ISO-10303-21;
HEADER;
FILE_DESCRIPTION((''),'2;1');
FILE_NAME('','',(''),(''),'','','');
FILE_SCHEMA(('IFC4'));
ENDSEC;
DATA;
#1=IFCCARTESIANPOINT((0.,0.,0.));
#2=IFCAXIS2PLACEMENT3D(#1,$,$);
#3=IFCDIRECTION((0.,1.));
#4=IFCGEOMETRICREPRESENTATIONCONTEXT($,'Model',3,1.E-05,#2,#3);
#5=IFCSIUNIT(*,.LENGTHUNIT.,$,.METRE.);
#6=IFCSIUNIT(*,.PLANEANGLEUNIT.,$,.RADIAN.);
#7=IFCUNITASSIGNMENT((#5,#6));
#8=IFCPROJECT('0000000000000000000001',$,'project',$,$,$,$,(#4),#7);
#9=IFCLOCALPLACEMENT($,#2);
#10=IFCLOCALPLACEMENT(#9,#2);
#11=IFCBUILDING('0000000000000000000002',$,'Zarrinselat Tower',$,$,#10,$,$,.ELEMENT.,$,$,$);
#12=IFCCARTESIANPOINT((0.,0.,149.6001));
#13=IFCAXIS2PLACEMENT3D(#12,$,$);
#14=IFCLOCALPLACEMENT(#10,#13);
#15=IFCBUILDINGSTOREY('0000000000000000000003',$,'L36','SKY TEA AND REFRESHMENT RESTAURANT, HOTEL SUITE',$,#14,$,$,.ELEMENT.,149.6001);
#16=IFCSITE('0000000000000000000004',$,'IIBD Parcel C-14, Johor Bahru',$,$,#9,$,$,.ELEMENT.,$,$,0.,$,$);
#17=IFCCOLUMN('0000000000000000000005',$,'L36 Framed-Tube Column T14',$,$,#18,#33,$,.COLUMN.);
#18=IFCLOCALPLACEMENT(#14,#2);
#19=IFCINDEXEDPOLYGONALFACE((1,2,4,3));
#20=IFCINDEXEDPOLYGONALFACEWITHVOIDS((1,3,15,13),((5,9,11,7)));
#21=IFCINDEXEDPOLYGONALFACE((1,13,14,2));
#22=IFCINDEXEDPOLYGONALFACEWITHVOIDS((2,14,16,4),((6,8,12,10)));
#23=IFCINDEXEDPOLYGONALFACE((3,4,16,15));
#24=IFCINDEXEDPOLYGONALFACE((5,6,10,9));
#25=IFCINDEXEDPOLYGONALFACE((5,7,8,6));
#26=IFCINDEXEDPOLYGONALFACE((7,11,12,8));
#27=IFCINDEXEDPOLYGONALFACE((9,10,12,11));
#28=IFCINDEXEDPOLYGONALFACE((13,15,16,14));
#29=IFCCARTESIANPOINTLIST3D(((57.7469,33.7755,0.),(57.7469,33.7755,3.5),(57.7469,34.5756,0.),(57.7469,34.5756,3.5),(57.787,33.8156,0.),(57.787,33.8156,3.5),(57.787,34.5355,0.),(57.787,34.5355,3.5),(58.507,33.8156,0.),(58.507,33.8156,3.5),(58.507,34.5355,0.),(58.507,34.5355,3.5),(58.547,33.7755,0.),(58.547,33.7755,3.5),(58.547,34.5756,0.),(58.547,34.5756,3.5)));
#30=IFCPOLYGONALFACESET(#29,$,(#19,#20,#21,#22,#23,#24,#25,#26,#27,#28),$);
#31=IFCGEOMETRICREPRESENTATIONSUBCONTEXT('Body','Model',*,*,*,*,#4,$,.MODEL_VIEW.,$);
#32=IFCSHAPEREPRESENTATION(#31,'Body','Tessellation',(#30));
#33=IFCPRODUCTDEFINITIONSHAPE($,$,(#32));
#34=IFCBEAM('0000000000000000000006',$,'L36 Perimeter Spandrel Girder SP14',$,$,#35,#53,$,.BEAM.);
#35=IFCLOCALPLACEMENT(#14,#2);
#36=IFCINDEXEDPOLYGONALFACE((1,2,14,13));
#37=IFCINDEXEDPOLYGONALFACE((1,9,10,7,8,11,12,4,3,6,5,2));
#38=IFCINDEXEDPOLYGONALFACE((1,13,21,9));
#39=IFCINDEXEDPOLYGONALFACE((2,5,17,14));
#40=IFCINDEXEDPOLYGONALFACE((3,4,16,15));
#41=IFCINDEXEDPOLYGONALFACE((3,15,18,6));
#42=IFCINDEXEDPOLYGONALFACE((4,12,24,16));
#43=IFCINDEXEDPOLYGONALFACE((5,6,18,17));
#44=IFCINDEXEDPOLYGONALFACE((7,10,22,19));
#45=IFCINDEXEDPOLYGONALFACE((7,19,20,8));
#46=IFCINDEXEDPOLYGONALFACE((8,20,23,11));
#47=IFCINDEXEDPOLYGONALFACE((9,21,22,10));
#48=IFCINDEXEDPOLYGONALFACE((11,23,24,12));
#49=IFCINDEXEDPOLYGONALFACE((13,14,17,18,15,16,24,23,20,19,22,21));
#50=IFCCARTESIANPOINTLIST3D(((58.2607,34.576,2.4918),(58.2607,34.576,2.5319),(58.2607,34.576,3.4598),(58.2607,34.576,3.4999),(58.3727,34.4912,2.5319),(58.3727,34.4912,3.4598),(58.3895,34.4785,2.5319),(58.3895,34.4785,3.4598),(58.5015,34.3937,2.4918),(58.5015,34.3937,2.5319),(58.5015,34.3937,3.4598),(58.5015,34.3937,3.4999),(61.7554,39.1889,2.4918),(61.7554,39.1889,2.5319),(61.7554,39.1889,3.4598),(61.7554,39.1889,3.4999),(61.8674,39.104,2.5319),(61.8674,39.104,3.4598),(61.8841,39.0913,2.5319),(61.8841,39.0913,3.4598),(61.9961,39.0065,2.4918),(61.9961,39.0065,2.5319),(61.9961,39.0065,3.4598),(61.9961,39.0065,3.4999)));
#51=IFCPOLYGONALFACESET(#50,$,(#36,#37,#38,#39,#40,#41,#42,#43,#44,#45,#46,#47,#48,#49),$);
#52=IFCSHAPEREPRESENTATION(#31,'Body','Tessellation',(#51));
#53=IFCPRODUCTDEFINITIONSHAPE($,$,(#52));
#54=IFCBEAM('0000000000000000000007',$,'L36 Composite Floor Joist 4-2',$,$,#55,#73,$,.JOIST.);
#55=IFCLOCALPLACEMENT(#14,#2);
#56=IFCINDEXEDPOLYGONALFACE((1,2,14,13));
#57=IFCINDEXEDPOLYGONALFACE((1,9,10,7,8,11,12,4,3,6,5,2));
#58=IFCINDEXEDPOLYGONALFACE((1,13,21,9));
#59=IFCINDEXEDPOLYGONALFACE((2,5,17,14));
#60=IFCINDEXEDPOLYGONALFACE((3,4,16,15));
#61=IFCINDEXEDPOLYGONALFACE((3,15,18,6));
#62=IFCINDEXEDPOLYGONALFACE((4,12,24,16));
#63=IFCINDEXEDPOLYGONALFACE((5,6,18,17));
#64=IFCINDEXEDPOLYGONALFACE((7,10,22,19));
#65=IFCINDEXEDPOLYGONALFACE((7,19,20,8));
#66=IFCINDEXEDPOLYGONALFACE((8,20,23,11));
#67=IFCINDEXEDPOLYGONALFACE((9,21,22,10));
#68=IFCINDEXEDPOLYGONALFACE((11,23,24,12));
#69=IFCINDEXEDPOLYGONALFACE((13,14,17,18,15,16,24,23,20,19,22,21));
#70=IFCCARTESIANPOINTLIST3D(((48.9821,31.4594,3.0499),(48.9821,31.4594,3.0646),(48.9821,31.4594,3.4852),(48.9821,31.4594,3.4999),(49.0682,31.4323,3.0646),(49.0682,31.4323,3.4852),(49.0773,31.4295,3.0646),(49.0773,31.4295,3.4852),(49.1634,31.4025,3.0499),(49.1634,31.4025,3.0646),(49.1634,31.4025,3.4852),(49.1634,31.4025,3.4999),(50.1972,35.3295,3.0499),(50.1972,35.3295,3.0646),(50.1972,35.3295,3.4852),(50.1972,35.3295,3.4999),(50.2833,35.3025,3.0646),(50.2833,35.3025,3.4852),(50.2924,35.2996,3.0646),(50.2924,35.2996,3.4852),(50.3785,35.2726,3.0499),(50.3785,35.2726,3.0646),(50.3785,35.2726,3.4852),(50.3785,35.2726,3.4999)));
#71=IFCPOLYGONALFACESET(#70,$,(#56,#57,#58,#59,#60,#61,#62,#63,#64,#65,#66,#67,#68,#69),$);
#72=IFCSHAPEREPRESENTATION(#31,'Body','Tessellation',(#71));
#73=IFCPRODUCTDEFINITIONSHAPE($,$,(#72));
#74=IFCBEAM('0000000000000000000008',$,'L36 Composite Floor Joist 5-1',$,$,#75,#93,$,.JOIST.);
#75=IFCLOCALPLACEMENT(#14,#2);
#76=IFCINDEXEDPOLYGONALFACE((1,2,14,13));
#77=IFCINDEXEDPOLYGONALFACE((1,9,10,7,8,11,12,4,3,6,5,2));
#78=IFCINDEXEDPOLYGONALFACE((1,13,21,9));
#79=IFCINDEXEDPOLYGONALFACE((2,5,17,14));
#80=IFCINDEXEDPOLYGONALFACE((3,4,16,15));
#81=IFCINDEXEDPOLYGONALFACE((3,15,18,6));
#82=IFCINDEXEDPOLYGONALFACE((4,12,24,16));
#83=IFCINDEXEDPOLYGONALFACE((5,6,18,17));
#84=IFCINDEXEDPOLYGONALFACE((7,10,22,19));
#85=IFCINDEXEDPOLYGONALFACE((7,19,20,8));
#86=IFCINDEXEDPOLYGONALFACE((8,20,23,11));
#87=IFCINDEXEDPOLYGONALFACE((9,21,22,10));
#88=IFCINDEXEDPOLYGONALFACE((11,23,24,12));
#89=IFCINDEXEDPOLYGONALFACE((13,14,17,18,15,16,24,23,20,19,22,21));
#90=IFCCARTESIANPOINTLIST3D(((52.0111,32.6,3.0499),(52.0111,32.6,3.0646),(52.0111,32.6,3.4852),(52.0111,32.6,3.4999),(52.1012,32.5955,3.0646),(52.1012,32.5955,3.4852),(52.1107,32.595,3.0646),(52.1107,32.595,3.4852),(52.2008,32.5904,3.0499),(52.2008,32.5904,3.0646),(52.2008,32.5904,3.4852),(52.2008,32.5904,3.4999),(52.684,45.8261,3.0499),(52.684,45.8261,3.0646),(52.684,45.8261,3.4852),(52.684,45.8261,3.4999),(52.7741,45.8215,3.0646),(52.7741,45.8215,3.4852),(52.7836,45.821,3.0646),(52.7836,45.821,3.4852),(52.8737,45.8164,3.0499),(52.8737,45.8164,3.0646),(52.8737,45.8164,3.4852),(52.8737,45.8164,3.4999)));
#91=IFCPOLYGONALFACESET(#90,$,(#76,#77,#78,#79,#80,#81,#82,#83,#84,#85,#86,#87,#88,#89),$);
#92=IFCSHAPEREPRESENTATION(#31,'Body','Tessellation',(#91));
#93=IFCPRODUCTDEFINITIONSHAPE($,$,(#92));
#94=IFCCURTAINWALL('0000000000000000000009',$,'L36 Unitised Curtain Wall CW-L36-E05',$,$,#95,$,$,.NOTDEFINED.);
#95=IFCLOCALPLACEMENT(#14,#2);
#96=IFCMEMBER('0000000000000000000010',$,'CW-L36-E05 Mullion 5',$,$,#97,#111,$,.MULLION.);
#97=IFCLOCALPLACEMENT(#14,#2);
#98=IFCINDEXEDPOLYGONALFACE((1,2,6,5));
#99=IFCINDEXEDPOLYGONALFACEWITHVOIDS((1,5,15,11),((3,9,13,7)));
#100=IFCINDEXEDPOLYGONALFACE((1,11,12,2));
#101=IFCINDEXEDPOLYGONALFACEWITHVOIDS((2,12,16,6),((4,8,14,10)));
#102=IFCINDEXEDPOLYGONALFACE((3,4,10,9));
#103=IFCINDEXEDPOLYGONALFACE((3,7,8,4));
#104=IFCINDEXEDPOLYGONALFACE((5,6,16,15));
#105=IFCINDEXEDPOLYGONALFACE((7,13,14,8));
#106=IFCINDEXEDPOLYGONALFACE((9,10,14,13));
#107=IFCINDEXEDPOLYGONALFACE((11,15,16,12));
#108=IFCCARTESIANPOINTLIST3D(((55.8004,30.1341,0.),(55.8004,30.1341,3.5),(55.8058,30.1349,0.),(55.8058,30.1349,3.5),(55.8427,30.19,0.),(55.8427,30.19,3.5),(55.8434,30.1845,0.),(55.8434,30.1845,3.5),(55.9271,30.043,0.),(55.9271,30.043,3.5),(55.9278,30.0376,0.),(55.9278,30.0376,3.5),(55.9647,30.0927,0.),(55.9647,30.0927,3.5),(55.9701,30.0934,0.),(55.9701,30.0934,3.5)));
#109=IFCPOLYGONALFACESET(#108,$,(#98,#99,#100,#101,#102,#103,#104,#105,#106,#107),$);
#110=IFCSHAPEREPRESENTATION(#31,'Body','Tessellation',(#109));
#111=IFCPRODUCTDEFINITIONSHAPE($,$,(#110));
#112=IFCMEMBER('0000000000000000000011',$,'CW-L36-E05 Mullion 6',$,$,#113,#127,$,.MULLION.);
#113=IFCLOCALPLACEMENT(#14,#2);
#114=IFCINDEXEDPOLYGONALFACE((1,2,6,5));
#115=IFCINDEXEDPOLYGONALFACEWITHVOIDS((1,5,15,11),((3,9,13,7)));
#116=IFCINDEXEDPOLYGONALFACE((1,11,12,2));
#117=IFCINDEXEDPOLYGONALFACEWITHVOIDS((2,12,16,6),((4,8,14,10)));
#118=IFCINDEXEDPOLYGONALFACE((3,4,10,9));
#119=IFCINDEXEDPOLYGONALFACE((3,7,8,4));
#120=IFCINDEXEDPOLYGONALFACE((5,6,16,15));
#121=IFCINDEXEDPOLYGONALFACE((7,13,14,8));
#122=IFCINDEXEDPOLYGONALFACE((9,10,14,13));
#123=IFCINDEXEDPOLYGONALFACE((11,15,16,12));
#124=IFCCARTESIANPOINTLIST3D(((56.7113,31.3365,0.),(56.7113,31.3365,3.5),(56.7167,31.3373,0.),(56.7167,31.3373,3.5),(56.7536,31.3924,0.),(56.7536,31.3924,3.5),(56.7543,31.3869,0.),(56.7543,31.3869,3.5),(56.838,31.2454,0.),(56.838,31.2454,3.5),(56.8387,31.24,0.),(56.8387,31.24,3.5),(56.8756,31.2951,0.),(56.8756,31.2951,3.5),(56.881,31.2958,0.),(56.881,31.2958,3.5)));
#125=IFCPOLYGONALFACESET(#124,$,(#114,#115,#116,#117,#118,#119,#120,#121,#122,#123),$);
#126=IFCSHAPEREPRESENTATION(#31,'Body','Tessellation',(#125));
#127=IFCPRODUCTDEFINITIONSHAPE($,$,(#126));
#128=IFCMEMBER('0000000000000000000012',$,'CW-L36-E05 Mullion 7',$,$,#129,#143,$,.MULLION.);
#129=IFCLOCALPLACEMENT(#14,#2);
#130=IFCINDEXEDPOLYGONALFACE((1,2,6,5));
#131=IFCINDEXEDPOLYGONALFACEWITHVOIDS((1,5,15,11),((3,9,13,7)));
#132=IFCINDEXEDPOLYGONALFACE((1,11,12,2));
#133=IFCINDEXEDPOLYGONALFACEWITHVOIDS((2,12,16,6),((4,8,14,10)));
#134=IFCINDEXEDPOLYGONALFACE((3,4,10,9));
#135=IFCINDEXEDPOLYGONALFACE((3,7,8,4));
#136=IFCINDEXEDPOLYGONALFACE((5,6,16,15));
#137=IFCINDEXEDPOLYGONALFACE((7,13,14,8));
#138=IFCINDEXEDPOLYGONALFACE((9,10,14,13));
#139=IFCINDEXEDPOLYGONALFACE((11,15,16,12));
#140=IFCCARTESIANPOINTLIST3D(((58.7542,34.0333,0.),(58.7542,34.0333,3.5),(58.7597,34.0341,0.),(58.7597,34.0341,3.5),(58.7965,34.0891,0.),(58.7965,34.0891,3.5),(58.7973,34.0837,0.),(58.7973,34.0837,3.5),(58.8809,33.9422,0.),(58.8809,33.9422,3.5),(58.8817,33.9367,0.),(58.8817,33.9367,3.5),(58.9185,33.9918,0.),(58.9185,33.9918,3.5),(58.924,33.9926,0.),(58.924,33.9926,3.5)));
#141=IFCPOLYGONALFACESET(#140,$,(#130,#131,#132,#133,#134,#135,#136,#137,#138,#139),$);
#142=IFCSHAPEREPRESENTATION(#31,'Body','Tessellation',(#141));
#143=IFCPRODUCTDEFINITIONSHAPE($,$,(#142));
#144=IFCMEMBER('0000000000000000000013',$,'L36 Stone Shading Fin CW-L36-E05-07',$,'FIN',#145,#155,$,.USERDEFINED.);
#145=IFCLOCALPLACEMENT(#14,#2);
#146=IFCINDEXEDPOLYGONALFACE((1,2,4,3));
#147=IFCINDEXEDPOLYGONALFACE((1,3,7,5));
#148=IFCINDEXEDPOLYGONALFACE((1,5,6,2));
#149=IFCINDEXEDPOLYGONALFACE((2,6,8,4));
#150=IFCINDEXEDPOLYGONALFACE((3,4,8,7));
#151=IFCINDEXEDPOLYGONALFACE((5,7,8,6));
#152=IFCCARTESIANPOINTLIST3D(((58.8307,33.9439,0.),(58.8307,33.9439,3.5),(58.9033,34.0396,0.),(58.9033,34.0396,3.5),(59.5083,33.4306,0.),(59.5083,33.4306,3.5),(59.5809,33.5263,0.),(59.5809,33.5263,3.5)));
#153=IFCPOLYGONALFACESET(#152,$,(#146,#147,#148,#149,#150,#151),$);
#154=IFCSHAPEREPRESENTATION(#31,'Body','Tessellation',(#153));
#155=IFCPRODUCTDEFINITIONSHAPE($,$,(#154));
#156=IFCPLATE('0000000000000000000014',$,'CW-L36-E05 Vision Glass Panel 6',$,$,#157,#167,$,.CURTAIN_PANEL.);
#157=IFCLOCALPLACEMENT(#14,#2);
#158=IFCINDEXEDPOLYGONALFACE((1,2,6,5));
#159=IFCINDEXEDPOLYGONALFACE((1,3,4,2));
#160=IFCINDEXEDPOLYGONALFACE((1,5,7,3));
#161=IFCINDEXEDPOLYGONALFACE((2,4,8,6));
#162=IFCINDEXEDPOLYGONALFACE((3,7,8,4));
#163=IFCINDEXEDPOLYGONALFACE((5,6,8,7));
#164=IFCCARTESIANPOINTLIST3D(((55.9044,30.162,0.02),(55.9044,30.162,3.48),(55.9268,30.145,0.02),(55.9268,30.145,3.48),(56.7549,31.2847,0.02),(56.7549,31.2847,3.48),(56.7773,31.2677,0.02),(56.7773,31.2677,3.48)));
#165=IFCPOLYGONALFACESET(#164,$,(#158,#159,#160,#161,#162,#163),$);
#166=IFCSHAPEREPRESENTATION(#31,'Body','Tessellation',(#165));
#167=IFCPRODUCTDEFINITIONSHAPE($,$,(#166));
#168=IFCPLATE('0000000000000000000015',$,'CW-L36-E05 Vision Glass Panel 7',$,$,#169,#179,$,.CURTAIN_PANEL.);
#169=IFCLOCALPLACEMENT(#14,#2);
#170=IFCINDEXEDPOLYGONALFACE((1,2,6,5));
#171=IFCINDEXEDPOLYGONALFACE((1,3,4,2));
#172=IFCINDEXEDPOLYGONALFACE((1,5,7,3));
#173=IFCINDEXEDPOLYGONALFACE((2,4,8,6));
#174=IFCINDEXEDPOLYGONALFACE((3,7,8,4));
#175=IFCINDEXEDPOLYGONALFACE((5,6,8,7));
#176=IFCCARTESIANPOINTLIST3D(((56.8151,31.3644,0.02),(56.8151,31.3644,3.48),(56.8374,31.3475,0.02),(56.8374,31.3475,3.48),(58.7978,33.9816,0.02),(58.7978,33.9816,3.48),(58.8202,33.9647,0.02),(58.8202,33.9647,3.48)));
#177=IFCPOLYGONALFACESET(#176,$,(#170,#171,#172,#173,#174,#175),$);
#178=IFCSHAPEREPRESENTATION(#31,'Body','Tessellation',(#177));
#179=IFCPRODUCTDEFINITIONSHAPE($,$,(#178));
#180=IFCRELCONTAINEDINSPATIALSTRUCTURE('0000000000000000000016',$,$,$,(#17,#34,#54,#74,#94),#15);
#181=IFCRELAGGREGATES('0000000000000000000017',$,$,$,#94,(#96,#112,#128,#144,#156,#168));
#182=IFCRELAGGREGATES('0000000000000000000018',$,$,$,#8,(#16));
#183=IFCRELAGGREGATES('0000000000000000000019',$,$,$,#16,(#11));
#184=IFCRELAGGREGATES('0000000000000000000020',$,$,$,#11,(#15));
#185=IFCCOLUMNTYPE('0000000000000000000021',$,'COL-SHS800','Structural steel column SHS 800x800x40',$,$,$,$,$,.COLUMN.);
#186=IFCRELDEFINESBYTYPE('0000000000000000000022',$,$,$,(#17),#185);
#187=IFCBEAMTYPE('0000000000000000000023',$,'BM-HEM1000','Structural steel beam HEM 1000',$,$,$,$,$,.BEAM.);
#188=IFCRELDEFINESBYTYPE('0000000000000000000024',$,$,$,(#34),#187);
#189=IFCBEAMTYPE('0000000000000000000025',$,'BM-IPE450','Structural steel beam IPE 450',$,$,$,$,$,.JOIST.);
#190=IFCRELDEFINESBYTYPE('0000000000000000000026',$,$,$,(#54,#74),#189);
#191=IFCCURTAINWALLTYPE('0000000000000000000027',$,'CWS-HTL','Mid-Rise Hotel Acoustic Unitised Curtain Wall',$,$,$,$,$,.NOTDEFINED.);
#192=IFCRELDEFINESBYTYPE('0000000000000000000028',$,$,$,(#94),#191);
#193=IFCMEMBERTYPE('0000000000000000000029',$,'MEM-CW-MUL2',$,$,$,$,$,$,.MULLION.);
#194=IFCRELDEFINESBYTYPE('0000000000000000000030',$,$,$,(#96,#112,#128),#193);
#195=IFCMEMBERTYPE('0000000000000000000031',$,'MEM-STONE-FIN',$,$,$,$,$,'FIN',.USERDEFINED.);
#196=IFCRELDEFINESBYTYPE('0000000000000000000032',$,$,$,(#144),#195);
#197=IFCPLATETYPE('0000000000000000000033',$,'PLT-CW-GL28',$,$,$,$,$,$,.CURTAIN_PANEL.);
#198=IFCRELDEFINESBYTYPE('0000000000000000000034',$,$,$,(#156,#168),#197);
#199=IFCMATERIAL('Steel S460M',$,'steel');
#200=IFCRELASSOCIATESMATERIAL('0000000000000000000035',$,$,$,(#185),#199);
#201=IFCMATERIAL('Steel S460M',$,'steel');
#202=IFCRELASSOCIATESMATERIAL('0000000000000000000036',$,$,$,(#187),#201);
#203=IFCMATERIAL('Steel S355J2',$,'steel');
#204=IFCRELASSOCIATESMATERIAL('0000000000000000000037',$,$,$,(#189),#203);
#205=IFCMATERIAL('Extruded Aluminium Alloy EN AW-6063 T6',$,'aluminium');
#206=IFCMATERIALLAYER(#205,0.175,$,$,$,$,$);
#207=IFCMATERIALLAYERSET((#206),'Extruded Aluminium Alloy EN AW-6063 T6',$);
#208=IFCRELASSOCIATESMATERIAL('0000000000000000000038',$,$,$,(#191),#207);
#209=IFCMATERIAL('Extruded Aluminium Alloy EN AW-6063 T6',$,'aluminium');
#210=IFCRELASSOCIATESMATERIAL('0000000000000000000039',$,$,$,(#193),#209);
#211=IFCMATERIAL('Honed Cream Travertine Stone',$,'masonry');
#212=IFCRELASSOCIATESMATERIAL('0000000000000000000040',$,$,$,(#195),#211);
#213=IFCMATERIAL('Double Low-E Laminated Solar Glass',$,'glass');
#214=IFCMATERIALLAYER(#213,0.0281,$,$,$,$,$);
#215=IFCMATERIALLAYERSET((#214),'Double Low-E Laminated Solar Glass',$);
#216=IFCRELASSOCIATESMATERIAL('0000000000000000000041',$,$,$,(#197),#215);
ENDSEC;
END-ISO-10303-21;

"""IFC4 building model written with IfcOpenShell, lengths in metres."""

from ifc_helpers import new_model, si_unit, direction, frame, origin, origin_2d, place, context, subcontext, project, spatial, rectangle, hollow_rectangle, i_section, extrude, material, layer, layer_set, material_profile, profile_set, type_object, element, aggregate, save


model = new_model("IFC4")

# Units and contexts
model_context = context("Model", 3, precision=1e-05, world=origin(), true_north=direction((0.0, 1.0)))
body_context = subcontext(model_context, "Body", "Model", "MODEL_VIEW")
ifc_project = project(units=[si_unit("LENGTHUNIT", "METRE"), si_unit("PLANEANGLEUNIT", "RADIAN")], contexts=[model_context])

# Site, building, storey
site_placement = place(None, origin())
site = spatial("IfcSite", under=ifc_project, at=site_placement, Name="IIBD Parcel C-14, Johor Bahru", CompositionType="ELEMENT", RefElevation=0.0)
building_placement = place(site_placement, origin())
building = spatial("IfcBuilding", under=site, at=building_placement, Name="Zarrinselat Tower", CompositionType="ELEMENT")
storey_placement = place(building_placement, frame((0.0, 0.0, 149.6001)))
storey = spatial("IfcBuildingStorey", under=building, at=storey_placement, Name="L36", Description="SKY TEA AND REFRESHMENT RESTAURANT, HOTEL SUITE", CompositionType="ELEMENT", Elevation=149.6001)

# Column
ifc_material_1 = material(Name="Steel S460M", Category="steel")
ifc_material_profile_1 = material_profile(ifc_material_1, hollow_rectangle(XDim=0.8, YDim=0.8, WallThickness=0.04, at=origin_2d()), Name="SHS 800x800x40")
ifc_profile_set_1 = profile_set([ifc_material_profile_1], Name="Steel S460M")
column_type = type_object("IfcColumnType", Name="COL-SHS800", Description="Structural steel column SHS 800x800x40", PredefinedType="COLUMN", material=ifc_profile_set_1)
column_placement = place(storey_placement, frame((58.147, 34.1755, 0.0), z_axis=(0.0, 0.0, 1.0), x_axis=(1.0, 0.0, 0.0)))
element("IfcColumn", 1, at=column_placement, inside=storey, type_object=column_type, Name="L36 Framed-Tube Column T14", PredefinedType="COLUMN", context=body_context, shape_type="SweptSolid", body=[
    extrude(hollow_rectangle(XDim=0.8, YDim=0.8, WallThickness=0.04, at=origin_2d()), origin(), (0.0, 0.0, 1.0), 3.5),
])

# Beams
ifc_material_2 = material(Name="Steel S460M", Category="steel")
ifc_material_profile_2 = material_profile(ifc_material_2, i_section(OverallWidth=0.302, OverallDepth=1.0081, WebThickness=0.021, FlangeThickness=0.04, at=origin_2d()), Name="HEM 1000")
ifc_profile_set_2 = profile_set([ifc_material_profile_2], Name="Steel S460M")
beam_type_1 = type_object("IfcBeamType", Name="BM-HEM1000", Description="Structural steel beam HEM 1000", PredefinedType="BEAM", material=ifc_profile_set_2)
beam_1_placement = place(storey_placement, frame((58.3811, 34.4849, 2.9958), z_axis=(0.603867, 0.797085, 0.0), x_axis=(-0.797085, 0.603867, 0.0)))
element("IfcBeam", 2, at=beam_1_placement, inside=storey, type_object=beam_type_1, Name="L36 Perimeter Spandrel Girder SP14", PredefinedType="BEAM", context=body_context, shape_type="SweptSolid", body=[
    extrude(i_section(OverallWidth=0.302, OverallDepth=1.0081, WebThickness=0.021, FlangeThickness=0.04, at=origin_2d()), origin(), (0.0, 0.0, 1.0), 5.7871),
])
ifc_material_3 = material(Name="Steel S355J2", Category="steel")
ifc_material_profile_3 = material_profile(ifc_material_3, i_section(OverallWidth=0.1899, OverallDepth=0.45, WebThickness=0.0095, FlangeThickness=0.0146, at=origin_2d()), Name="IPE 450")
ifc_profile_set_3 = profile_set([ifc_material_profile_3], Name="Steel S355J2")
beam_type_2 = type_object("IfcBeamType", Name="BM-IPE450", Description="Structural steel beam IPE 450", PredefinedType="JOIST", material=ifc_profile_set_3)
beam_2_placement = place(storey_placement, frame((49.0728, 31.4309, 3.2749), z_axis=(0.29955, 0.954081, 0.0), x_axis=(-0.954081, 0.29955, 0.0)))
element("IfcBeam", 3, at=beam_2_placement, inside=storey, type_object=beam_type_2, Name="L36 Composite Floor Joist 4-2", PredefinedType="JOIST", context=body_context, shape_type="SweptSolid", body=[
    extrude(i_section(OverallWidth=0.1899, OverallDepth=0.45, WebThickness=0.0095, FlangeThickness=0.0146, at=origin_2d()), origin(), (0.0, 0.0, 1.0), 4.0564),
])
beam_3_placement = place(storey_placement, frame((52.106, 32.5952, 3.2749), z_axis=(0.050807, 0.998708, 0.0), x_axis=(-0.998708, 0.050807, 0.0)))
element("IfcBeam", 4, at=beam_3_placement, inside=storey, type_object=beam_type_2, Name="L36 Composite Floor Joist 5-1", PredefinedType="JOIST", context=body_context, shape_type="SweptSolid", body=[
    extrude(i_section(OverallWidth=0.1899, OverallDepth=0.45, WebThickness=0.0095, FlangeThickness=0.0146, at=origin_2d()), origin(), (0.0, 0.0, 1.0), 13.2432),
])

# Curtain wall, members, plates
ifc_material_4 = material(Name="Extruded Aluminium Alloy EN AW-6063 T6", Category="aluminium")
ifc_layer_1 = layer(ifc_material_4, 0.175)
ifc_layer_set_1 = layer_set([ifc_layer_1], Name="Extruded Aluminium Alloy EN AW-6063 T6")
curtain_wall_type = type_object("IfcCurtainWallType", Name="CWS-HTL", Description="Mid-Rise Hotel Acoustic Unitised Curtain Wall", PredefinedType="NOTDEFINED", material=ifc_layer_set_1)
curtain_wall_placement = place(storey_placement, origin())
curtain_wall = element("IfcCurtainWall", 5, at=curtain_wall_placement, inside=storey, type_object=curtain_wall_type, Name="L36 Unitised Curtain Wall CW-L36-E05", PredefinedType="NOTDEFINED")
ifc_material_5 = material(Name="Extruded Aluminium Alloy EN AW-6063 T6", Category="aluminium")
ifc_material_profile_4 = material_profile(ifc_material_5, hollow_rectangle(XDim=0.0701, YDim=0.1599, WallThickness=0.0039, at=origin_2d()), Name="RHS 160x70x4")
ifc_profile_set_4 = profile_set([ifc_material_profile_4], Name="Extruded Aluminium Alloy EN AW-6063 T6")
member_type_1 = type_object("IfcMemberType", Name="MEM-CW-MUL2", PredefinedType="MULLION", material=ifc_profile_set_4)
member_1_placement = place(storey_placement, frame((55.8853, 30.1138, 0.0), z_axis=(0.0, 0.0, 1.0), x_axis=(0.603858, 0.797092, 0.0)))
member_1 = element("IfcMember", 6, at=member_1_placement, type_object=member_type_1, Name="CW-L36-E05 Mullion 5", PredefinedType="MULLION", context=body_context, shape_type="SweptSolid", body=[
    extrude(hollow_rectangle(XDim=0.0701, YDim=0.1599, WallThickness=0.0039, at=origin_2d()), origin(), (0.0, 0.0, 1.0), 3.5),
])
member_2_placement = place(storey_placement, frame((56.7961, 31.3162, 0.0), z_axis=(0.0, 0.0, 1.0), x_axis=(0.603858, 0.797092, 0.0)))
member_2 = element("IfcMember", 7, at=member_2_placement, type_object=member_type_1, Name="CW-L36-E05 Mullion 6", PredefinedType="MULLION", context=body_context, shape_type="SweptSolid", body=[
    extrude(hollow_rectangle(XDim=0.0701, YDim=0.1599, WallThickness=0.0039, at=origin_2d()), origin(), (0.0, 0.0, 1.0), 3.5),
])
member_3_placement = place(storey_placement, frame((58.8391, 34.0129, 0.0), z_axis=(0.0, 0.0, 1.0), x_axis=(0.603858, 0.797092, 0.0)))
member_3 = element("IfcMember", 8, at=member_3_placement, type_object=member_type_1, Name="CW-L36-E05 Mullion 7", PredefinedType="MULLION", context=body_context, shape_type="SweptSolid", body=[
    extrude(hollow_rectangle(XDim=0.0701, YDim=0.1599, WallThickness=0.0039, at=origin_2d()), origin(), (0.0, 0.0, 1.0), 3.5),
])
ifc_material_6 = material(Name="Honed Cream Travertine Stone", Category="masonry")
ifc_material_profile_5 = material_profile(ifc_material_6, rectangle(XDim=0.1201, YDim=0.8501, at=origin_2d()), Name="FIN 850x120")
ifc_profile_set_5 = profile_set([ifc_material_profile_5], Name="Honed Cream Travertine Stone")
member_type_2 = type_object("IfcMemberType", Name="MEM-STONE-FIN", ElementType="FIN", PredefinedType="USERDEFINED", material=ifc_profile_set_5)
member_4_placement = place(storey_placement, frame((59.2058, 33.7351, 0.0), z_axis=(0.0, 0.0, 1.0), x_axis=(-0.603858, -0.797092, 0.0)))
member_4 = element("IfcMember", 9, at=member_4_placement, type_object=member_type_2, Name="L36 Stone Shading Fin CW-L36-E05-07", ObjectType="FIN", PredefinedType="USERDEFINED", context=body_context, shape_type="SweptSolid", body=[
    extrude(rectangle(XDim=0.1201, YDim=0.8501, at=origin_2d()), origin(), (0.0, 0.0, 1.0), 3.5),
])
ifc_material_7 = material(Name="Double Low-E Laminated Solar Glass", Category="glass")
ifc_layer_2 = layer(ifc_material_7, 0.0281)
ifc_layer_set_2 = layer_set([ifc_layer_2], Name="Double Low-E Laminated Solar Glass")
plate_type = type_object("IfcPlateType", Name="PLT-CW-GL28", PredefinedType="CURTAIN_PANEL", material=ifc_layer_set_2)
plate_1_placement = place(storey_placement, frame((56.3408, 30.7148, 0.02), z_axis=(0.0, 0.0, 1.0), x_axis=(0.603858, 0.797092, 0.0)))
plate_1 = element("IfcPlate", 10, at=plate_1_placement, type_object=plate_type, Name="CW-L36-E05 Vision Glass Panel 6", PredefinedType="CURTAIN_PANEL", context=body_context, shape_type="SweptSolid", body=[
    extrude(rectangle(XDim=1.4084, YDim=0.0281, at=origin_2d()), origin(), (0.0, 0.0, 1.0), 3.46),
])
plate_2_placement = place(storey_placement, frame((57.8176, 32.6646, 0.02), z_axis=(0.0, 0.0, 1.0), x_axis=(0.603858, 0.797092, 0.0)))
plate_2 = element("IfcPlate", 11, at=plate_2_placement, type_object=plate_type, Name="CW-L36-E05 Vision Glass Panel 7", PredefinedType="CURTAIN_PANEL", context=body_context, shape_type="SweptSolid", body=[
    extrude(rectangle(XDim=3.2834, YDim=0.0281, at=origin_2d()), origin(), (0.0, 0.0, 1.0), 3.46),
])
aggregate(curtain_wall, [member_1, member_2, member_3, member_4, plate_1, plate_2])

save(model, "model.ifc")
